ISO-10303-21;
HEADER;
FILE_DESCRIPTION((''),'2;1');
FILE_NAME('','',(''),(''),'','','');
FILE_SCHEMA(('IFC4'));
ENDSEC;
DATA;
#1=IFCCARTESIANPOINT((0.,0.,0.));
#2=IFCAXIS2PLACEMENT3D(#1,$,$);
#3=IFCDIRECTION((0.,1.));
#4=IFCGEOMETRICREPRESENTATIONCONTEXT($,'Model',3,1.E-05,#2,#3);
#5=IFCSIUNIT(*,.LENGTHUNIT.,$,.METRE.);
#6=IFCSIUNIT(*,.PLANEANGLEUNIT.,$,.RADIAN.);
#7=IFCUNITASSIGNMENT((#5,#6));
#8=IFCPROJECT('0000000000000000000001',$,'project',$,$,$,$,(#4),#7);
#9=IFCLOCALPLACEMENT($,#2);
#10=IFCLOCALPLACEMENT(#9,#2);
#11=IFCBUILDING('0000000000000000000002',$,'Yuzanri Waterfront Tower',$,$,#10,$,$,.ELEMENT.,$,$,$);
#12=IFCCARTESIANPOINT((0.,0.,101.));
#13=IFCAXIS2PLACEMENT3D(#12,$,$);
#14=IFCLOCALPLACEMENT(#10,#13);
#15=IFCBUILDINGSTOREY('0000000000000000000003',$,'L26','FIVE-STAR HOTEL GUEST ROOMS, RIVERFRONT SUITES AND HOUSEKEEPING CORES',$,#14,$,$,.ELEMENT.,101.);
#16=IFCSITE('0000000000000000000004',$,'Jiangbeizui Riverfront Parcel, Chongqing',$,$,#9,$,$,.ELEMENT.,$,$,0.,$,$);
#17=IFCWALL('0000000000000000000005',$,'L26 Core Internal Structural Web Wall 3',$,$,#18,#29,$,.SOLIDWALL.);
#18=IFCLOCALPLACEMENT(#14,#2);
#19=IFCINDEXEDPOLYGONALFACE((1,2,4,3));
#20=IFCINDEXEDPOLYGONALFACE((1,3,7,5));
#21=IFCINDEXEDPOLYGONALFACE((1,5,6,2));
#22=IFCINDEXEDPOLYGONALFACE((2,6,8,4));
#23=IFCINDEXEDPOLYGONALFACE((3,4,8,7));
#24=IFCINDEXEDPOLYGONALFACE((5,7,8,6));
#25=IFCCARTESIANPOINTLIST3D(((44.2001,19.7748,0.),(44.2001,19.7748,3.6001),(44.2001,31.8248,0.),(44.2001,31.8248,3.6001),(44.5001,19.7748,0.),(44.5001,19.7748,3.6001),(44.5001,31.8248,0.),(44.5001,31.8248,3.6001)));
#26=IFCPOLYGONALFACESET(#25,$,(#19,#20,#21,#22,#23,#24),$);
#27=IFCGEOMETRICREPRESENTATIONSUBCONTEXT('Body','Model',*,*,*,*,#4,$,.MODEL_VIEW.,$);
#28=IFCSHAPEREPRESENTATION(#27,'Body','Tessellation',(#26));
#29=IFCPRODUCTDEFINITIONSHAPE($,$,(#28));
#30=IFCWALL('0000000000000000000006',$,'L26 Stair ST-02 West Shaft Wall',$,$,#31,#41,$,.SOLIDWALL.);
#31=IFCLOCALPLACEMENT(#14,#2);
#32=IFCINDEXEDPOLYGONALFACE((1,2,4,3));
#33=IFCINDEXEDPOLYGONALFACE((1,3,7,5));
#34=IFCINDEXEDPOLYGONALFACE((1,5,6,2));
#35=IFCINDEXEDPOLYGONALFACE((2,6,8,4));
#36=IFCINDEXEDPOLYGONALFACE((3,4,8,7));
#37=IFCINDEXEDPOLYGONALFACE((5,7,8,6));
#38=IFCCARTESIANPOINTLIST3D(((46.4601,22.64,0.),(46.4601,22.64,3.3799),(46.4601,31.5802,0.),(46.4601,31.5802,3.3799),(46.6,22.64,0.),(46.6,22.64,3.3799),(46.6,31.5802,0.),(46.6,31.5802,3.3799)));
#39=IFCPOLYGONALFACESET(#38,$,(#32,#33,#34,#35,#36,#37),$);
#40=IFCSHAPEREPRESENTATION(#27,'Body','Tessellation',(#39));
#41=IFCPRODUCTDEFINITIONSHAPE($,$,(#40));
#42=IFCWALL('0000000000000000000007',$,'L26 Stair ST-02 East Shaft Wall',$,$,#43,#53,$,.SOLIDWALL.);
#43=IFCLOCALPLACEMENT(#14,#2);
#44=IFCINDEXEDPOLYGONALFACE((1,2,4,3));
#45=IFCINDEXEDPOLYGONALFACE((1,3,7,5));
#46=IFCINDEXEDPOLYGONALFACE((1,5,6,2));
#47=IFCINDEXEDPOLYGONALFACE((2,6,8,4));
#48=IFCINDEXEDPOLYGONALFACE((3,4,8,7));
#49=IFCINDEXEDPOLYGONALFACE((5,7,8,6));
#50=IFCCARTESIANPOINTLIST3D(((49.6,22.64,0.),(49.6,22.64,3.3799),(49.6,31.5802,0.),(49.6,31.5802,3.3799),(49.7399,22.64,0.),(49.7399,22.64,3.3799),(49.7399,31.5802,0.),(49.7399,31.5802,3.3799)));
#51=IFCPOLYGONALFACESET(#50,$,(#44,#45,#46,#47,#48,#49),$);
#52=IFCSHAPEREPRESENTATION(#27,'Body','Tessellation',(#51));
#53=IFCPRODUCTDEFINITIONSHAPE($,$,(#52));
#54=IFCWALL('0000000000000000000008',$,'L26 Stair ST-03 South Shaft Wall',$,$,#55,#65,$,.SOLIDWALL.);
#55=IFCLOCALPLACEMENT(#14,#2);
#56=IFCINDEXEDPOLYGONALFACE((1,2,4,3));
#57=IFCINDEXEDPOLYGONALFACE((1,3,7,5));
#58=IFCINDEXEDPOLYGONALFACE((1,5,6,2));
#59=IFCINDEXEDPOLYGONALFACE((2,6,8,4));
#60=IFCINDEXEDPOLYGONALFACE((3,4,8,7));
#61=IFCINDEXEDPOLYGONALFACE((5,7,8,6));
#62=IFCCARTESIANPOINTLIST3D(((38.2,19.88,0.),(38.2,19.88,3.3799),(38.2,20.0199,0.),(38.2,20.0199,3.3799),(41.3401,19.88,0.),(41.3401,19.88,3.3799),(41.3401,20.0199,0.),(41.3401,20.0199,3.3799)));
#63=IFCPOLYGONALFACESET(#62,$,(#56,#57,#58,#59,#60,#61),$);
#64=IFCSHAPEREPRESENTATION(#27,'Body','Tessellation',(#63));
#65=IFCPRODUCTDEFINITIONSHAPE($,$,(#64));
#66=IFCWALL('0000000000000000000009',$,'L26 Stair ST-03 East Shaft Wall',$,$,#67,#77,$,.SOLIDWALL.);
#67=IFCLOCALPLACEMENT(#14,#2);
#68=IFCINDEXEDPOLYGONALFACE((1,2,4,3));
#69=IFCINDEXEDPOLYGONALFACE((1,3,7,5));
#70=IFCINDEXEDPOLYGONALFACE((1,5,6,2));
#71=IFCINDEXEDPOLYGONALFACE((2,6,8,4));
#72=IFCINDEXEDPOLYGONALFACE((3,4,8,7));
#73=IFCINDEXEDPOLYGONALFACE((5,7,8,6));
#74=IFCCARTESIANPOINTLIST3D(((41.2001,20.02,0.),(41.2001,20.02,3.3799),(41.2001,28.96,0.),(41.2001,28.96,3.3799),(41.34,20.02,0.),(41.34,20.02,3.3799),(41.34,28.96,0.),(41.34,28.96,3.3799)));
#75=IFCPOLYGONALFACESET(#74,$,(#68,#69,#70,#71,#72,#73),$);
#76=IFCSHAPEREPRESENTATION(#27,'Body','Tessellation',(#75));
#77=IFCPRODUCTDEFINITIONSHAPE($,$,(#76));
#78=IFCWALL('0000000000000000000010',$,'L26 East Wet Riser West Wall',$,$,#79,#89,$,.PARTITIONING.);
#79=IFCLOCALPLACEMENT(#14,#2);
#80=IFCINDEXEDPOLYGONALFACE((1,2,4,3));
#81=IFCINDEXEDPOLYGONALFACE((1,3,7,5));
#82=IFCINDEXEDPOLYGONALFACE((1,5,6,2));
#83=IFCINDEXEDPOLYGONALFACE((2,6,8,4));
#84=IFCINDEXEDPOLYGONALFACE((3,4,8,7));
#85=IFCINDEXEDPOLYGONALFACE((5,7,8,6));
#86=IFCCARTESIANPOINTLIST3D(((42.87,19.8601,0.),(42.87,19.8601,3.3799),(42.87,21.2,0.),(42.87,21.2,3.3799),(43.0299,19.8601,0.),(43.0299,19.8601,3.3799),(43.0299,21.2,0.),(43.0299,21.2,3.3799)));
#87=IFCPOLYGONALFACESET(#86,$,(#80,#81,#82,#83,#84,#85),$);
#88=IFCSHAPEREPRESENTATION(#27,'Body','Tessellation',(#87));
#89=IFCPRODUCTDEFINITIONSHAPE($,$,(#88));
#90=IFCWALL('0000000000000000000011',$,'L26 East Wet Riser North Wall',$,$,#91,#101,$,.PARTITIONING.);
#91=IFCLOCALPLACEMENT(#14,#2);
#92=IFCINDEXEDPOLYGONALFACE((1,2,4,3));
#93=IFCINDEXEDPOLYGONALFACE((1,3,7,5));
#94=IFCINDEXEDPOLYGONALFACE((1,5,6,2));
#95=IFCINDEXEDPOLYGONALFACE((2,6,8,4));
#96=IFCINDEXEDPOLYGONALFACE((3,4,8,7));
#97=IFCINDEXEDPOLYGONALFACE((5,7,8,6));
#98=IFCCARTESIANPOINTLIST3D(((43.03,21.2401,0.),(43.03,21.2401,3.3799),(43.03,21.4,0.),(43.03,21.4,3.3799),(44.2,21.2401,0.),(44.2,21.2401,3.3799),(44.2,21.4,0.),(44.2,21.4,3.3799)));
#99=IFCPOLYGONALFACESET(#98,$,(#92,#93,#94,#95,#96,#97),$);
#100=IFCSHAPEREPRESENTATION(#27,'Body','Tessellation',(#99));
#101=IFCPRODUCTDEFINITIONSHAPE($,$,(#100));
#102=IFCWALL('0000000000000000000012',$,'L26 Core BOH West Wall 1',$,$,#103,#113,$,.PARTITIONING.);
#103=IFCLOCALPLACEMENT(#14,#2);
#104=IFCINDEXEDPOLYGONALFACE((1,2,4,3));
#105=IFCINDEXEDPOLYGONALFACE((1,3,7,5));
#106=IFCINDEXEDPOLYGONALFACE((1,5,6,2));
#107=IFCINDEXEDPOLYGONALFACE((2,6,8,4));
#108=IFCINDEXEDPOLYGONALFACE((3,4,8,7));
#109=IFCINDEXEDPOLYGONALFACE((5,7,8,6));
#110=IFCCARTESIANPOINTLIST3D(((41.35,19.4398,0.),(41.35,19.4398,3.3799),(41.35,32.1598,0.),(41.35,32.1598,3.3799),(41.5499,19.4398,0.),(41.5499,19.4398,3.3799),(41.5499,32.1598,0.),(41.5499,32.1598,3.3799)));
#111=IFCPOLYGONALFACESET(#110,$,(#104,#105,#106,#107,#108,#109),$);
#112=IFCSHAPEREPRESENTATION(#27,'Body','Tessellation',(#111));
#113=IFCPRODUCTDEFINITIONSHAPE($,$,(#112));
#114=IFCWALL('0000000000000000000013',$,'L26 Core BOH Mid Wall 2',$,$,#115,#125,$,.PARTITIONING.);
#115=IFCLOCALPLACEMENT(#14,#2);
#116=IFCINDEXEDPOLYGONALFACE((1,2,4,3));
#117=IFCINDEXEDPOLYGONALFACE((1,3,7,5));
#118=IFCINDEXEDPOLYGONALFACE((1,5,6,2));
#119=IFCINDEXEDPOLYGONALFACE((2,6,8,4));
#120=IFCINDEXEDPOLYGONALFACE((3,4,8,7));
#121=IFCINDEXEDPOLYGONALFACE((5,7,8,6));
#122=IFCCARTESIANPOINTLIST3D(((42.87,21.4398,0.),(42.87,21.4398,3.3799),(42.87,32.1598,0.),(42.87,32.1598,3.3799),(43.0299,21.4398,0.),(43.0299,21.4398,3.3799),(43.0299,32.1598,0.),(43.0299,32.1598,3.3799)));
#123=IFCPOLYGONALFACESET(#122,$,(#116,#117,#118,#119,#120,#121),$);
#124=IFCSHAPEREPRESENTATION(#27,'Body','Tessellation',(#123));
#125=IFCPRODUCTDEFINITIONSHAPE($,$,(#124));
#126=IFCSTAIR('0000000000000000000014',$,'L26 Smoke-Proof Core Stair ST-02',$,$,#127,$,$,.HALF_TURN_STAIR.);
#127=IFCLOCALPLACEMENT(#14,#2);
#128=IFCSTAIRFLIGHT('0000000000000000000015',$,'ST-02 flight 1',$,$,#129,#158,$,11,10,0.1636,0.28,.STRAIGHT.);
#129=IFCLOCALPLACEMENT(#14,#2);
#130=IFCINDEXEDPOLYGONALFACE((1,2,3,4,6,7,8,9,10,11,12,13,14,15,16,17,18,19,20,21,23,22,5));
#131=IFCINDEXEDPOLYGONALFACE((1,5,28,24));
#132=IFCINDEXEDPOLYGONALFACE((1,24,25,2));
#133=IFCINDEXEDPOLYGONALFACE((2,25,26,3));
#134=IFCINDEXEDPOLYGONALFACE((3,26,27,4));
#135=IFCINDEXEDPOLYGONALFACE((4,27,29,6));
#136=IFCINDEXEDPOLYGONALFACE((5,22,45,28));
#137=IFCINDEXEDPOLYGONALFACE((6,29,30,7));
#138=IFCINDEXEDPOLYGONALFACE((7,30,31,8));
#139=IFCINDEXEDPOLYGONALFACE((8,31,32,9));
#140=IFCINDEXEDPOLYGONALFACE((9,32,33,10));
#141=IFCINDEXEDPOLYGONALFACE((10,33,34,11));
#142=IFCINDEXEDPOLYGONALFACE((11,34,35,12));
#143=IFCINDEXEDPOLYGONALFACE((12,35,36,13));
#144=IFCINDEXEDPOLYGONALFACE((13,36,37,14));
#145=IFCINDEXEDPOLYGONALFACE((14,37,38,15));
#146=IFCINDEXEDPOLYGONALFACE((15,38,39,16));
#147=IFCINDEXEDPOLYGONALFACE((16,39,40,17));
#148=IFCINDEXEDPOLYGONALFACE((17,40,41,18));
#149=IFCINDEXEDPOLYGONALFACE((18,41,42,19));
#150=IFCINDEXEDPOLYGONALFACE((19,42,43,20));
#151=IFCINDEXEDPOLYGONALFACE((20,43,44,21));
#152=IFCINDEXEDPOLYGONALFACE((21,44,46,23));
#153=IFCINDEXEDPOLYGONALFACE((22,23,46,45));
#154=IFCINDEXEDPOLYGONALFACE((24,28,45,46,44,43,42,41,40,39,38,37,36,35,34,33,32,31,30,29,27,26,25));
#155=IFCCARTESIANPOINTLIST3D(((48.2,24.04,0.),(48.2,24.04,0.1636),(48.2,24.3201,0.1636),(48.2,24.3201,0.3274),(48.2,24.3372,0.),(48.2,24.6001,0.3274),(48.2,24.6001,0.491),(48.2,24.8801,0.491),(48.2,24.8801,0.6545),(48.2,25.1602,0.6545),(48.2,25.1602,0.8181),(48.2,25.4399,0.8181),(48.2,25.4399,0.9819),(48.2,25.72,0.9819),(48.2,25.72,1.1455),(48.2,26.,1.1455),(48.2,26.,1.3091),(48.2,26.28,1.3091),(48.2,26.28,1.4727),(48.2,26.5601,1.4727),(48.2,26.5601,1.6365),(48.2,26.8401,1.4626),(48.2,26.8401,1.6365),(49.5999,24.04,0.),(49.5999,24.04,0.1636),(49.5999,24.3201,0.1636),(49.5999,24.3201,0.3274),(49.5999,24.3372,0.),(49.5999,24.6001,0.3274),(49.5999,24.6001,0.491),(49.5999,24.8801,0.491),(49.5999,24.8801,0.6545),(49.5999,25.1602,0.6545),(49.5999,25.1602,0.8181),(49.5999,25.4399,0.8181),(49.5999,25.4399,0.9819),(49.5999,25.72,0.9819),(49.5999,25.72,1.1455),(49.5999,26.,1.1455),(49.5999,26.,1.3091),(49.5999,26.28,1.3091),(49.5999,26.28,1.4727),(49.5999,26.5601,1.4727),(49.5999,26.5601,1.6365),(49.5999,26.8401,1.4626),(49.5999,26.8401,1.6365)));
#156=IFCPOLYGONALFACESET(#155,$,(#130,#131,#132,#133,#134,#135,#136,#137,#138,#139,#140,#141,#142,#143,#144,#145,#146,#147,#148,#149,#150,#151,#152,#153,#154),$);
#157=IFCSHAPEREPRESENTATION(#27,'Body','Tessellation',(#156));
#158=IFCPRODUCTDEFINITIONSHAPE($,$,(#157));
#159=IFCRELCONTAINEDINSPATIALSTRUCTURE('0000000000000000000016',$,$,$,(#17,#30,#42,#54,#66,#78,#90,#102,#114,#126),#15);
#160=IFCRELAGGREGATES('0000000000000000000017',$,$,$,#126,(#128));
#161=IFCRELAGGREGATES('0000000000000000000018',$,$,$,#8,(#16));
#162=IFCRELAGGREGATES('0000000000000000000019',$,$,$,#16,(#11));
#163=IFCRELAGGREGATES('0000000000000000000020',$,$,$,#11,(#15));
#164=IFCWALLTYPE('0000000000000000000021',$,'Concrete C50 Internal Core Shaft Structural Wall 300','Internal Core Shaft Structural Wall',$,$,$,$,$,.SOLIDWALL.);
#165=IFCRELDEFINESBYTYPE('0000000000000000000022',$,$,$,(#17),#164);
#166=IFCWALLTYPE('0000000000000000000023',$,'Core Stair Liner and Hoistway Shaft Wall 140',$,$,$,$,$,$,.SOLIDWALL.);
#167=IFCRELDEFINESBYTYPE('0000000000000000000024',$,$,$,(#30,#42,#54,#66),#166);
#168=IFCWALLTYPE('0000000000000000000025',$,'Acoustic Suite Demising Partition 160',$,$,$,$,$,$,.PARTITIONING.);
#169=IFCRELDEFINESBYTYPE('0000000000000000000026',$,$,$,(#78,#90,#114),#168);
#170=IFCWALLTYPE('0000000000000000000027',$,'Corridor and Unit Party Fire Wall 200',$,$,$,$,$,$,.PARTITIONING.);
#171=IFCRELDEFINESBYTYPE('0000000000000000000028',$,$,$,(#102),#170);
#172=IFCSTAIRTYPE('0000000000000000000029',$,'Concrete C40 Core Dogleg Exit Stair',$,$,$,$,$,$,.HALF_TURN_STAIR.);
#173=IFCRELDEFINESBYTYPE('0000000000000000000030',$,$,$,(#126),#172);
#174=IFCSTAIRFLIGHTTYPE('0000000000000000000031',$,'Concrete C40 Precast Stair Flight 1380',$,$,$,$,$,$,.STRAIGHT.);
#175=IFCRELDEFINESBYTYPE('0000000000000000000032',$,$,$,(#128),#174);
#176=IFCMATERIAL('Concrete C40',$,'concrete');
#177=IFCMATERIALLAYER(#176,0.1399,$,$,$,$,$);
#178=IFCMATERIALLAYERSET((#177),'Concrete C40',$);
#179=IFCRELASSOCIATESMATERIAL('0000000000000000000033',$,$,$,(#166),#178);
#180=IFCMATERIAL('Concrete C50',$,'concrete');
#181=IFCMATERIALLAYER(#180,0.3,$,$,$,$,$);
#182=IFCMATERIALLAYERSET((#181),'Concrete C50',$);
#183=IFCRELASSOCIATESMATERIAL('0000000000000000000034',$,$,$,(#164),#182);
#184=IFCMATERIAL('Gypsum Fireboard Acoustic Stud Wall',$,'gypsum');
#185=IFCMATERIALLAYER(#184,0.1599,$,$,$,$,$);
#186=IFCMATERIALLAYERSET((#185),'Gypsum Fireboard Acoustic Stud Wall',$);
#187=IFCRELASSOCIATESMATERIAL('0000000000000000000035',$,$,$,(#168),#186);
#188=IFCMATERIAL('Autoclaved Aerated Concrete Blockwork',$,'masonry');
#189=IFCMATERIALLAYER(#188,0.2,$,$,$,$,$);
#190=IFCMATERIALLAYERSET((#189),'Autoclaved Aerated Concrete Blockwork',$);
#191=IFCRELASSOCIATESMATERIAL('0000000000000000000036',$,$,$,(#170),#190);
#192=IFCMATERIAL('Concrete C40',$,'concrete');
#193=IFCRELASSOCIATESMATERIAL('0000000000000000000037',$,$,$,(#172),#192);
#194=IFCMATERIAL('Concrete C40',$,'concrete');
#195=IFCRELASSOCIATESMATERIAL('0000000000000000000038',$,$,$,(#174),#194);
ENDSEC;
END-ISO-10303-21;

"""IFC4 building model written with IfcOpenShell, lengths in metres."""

from ifc_helpers import new_model, si_unit, direction, frame, frame_2d, origin, place, context, subcontext, project, spatial, polyline, rectangle, outline, extrude, source, transform, mapped, material, layer, layer_set, type_object, element, aggregate, save


model = new_model("IFC4")

# Units and contexts
model_context = context("Model", 3, precision=1e-05, world=origin(), true_north=direction((0.0, 1.0)))
body_context = subcontext(model_context, "Body", "Model", "MODEL_VIEW")
ifc_project = project(units=[si_unit("LENGTHUNIT", "METRE"), si_unit("PLANEANGLEUNIT", "RADIAN")], contexts=[model_context])

# Site, building, storey
site_placement = place(None, origin())
site = spatial("IfcSite", under=ifc_project, at=site_placement, Name="Jiangbeizui Riverfront Parcel, Chongqing", CompositionType="ELEMENT", RefElevation=0.0)
building_placement = place(site_placement, origin())
building = spatial("IfcBuilding", under=site, at=building_placement, Name="Yuzanri Waterfront Tower", CompositionType="ELEMENT")
storey_placement = place(building_placement, frame((0.0, 0.0, 101.0)))
storey = spatial("IfcBuildingStorey", under=building, at=storey_placement, Name="L26", Description="FIVE-STAR HOTEL GUEST ROOMS, RIVERFRONT SUITES AND HOUSEKEEPING CORES", CompositionType="ELEMENT", Elevation=101.0)

# Shared definitions
ifc_material_1 = material(Name="Concrete C40", Category="concrete")
ifc_layer_1 = layer(ifc_material_1, 0.1399)
ifc_layer_set_1 = layer_set([ifc_layer_1], Name="Concrete C40")
wall_type_1 = type_object("IfcWallType", Name="Core Stair Liner and Hoistway Shaft Wall 140", PredefinedType="SOLIDWALL", material=ifc_layer_set_1)

# Walls
ifc_material_2 = material(Name="Concrete C50", Category="concrete")
ifc_layer_2 = layer(ifc_material_2, 0.3)
ifc_layer_set_2 = layer_set([ifc_layer_2], Name="Concrete C50")
wall_type_2 = type_object("IfcWallType", Name="Concrete C50 Internal Core Shaft Structural Wall 300", Description="Internal Core Shaft Structural Wall", PredefinedType="SOLIDWALL", material=ifc_layer_set_2)
shared_shape_1 = source(origin(), body_context, "Body", "SweptSolid", [
    extrude(rectangle(XDim=12.05, YDim=0.3, at=frame_2d((6.0249, 0.0))), origin(), (0.0, 0.0, 1.0), 3.6001),
])
for number, where, z_axis, x_axis, name in (
    (1, (44.3501, 19.7749, 0.0), (0.0, 0.0, 1.0), (0.0, 1.0, 0.0), "L26 Core Internal Structural Web Wall 3"),
):
    element("IfcWall", number, at=place(storey_placement, frame(where, z_axis=z_axis, x_axis=x_axis)), inside=storey, type_object=wall_type_2, Name=name, PredefinedType="SOLIDWALL", context=body_context, shape_type="MappedRepresentation", body=[
        mapped(shared_shape_1, transform((0.0, 0.0, 0.0), scale=1.0)),
    ])
shared_shape_2 = source(origin(), body_context, "Body", "SweptSolid", [
    extrude(rectangle(XDim=8.9402, YDim=0.1399, at=frame_2d((4.4702, 0.0))), origin(), (0.0, 0.0, 1.0), 3.3799),
])
for number, where, z_axis, x_axis, name in (
    (2, (46.53, 22.6399, 0.0), (0.0, 0.0, 1.0), (0.0, 1.0, 0.0), "L26 Stair ST-02 West Shaft Wall"),
    (3, (49.6699, 22.6399, 0.0), (0.0, 0.0, 1.0), (0.0, 1.0, 0.0), "L26 Stair ST-02 East Shaft Wall"),
):
    element("IfcWall", number, at=place(storey_placement, frame(where, z_axis=z_axis, x_axis=x_axis)), inside=storey, type_object=wall_type_1, Name=name, PredefinedType="SOLIDWALL", context=body_context, shape_type="MappedRepresentation", body=[
        mapped(shared_shape_2, transform((0.0, 0.0, 0.0), scale=1.0)),
    ])
shared_shape_3 = source(origin(), body_context, "Body", "SweptSolid", [
    extrude(rectangle(XDim=3.1401, YDim=0.1399, at=frame_2d((1.5701, 0.0))), origin(), (0.0, 0.0, 1.0), 3.3799),
])
wall_1_placement = place(storey_placement, frame((38.2, 19.95, 0.0), z_axis=(0.0, 0.0, 1.0), x_axis=(1.0, 0.0, 0.0)))
element("IfcWall", 4, at=wall_1_placement, inside=storey, type_object=wall_type_1, Name="L26 Stair ST-03 South Shaft Wall", PredefinedType="SOLIDWALL", context=body_context, shape_type="MappedRepresentation", body=[
    mapped(shared_shape_3, transform((0.0, 0.0, 0.0), scale=1.0)),
])
shared_shape_4 = source(origin(), body_context, "Body", "SweptSolid", [
    extrude(rectangle(XDim=8.9399, YDim=0.1399, at=frame_2d((4.47, 0.0))), origin(), (0.0, 0.0, 1.0), 3.3799),
])
wall_2_placement = place(storey_placement, frame((41.27, 20.02, 0.0), z_axis=(0.0, 0.0, 1.0), x_axis=(0.0, 1.0, 0.0)))
element("IfcWall", 5, at=wall_2_placement, inside=storey, type_object=wall_type_1, Name="L26 Stair ST-03 East Shaft Wall", PredefinedType="SOLIDWALL", context=body_context, shape_type="MappedRepresentation", body=[
    mapped(shared_shape_4, transform((0.0, 0.0, 0.0), scale=1.0)),
])
ifc_material_3 = material(Name="Gypsum Fireboard Acoustic Stud Wall", Category="gypsum")
ifc_layer_3 = layer(ifc_material_3, 0.1599)
ifc_layer_set_3 = layer_set([ifc_layer_3], Name="Gypsum Fireboard Acoustic Stud Wall")
wall_type_3 = type_object("IfcWallType", Name="Acoustic Suite Demising Partition 160", PredefinedType="PARTITIONING", material=ifc_layer_set_3)
shared_shape_5 = source(origin(), body_context, "Body", "SweptSolid", [
    extrude(rectangle(XDim=1.3398, YDim=0.1599, at=frame_2d((0.6699, 0.0))), origin(), (0.0, 0.0, 1.0), 3.3799),
])
wall_3_placement = place(storey_placement, frame((42.95, 19.8601, 0.0), z_axis=(0.0, 0.0, 1.0), x_axis=(0.0, 1.0, 0.0)))
element("IfcWall", 6, at=wall_3_placement, inside=storey, type_object=wall_type_3, Name="L26 East Wet Riser West Wall", PredefinedType="PARTITIONING", context=body_context, shape_type="MappedRepresentation", body=[
    mapped(shared_shape_5, transform((0.0, 0.0, 0.0), scale=1.0)),
])
shared_shape_6 = source(origin(), body_context, "Body", "SweptSolid", [
    extrude(rectangle(XDim=1.1699, YDim=0.1599, at=frame_2d((0.585, 0.0))), origin(), (0.0, 0.0, 1.0), 3.3799),
])
wall_4_placement = place(storey_placement, frame((43.03, 21.3201, 0.0), z_axis=(0.0, 0.0, 1.0), x_axis=(1.0, 0.0, 0.0)))
element("IfcWall", 7, at=wall_4_placement, inside=storey, type_object=wall_type_3, Name="L26 East Wet Riser North Wall", PredefinedType="PARTITIONING", context=body_context, shape_type="MappedRepresentation", body=[
    mapped(shared_shape_6, transform((0.0, 0.0, 0.0), scale=1.0)),
])
ifc_material_4 = material(Name="Autoclaved Aerated Concrete Blockwork", Category="masonry")
ifc_layer_4 = layer(ifc_material_4, 0.2)
ifc_layer_set_4 = layer_set([ifc_layer_4], Name="Autoclaved Aerated Concrete Blockwork")
wall_type_4 = type_object("IfcWallType", Name="Corridor and Unit Party Fire Wall 200", PredefinedType="PARTITIONING", material=ifc_layer_set_4)
shared_shape_7 = source(origin(), body_context, "Body", "SweptSolid", [
    extrude(rectangle(XDim=12.72, YDim=0.2, at=frame_2d((6.3599, 0.0))), origin(), (0.0, 0.0, 1.0), 3.3799),
])
wall_5_placement = place(storey_placement, frame((41.45, 19.4399, 0.0), z_axis=(0.0, 0.0, 1.0), x_axis=(0.0, 1.0, 0.0)))
element("IfcWall", 8, at=wall_5_placement, inside=storey, type_object=wall_type_4, Name="L26 Core BOH West Wall 1", PredefinedType="PARTITIONING", context=body_context, shape_type="MappedRepresentation", body=[
    mapped(shared_shape_7, transform((0.0, 0.0, 0.0), scale=1.0)),
])
shared_shape_8 = source(origin(), body_context, "Body", "SweptSolid", [
    extrude(rectangle(XDim=10.72, YDim=0.1599, at=frame_2d((5.3599, 0.0))), origin(), (0.0, 0.0, 1.0), 3.3799),
])
wall_6_placement = place(storey_placement, frame((42.95, 21.4399, 0.0), z_axis=(0.0, 0.0, 1.0), x_axis=(0.0, 1.0, 0.0)))
element("IfcWall", 9, at=wall_6_placement, inside=storey, type_object=wall_type_3, Name="L26 Core BOH Mid Wall 2", PredefinedType="PARTITIONING", context=body_context, shape_type="MappedRepresentation", body=[
    mapped(shared_shape_8, transform((0.0, 0.0, 0.0), scale=1.0)),
])

# Stair, stair flight
ifc_material_5 = material(Name="Concrete C40", Category="concrete")
stair_type = type_object("IfcStairType", Name="Concrete C40 Core Dogleg Exit Stair", PredefinedType="HALF_TURN_STAIR", material=ifc_material_5)
stair_placement = place(storey_placement, origin())
stair = element("IfcStair", 10, at=stair_placement, inside=storey, type_object=stair_type, Name="L26 Smoke-Proof Core Stair ST-02", PredefinedType="HALF_TURN_STAIR")
ifc_material_6 = material(Name="Concrete C40", Category="concrete")
stair_flight_type = type_object("IfcStairFlightType", Name="Concrete C40 Precast Stair Flight 1380", PredefinedType="STRAIGHT", material=ifc_material_6)
shared_shape_9 = source(origin(), body_context, "Body", "SweptSolid", [
    extrude(outline(polyline([(0.0, 0.0), (0.0, 0.1636), (0.28, 0.1636), (0.28, 0.3274), (0.5601, 0.3274), (0.5601, 0.491), (0.8401, 0.491), (0.8401, 0.6545), (1.1201, 0.6545), (1.1201, 0.8181), (1.3999, 0.8181), (1.3999, 0.9819), (1.6799, 0.9819), (1.6799, 1.1455), (1.96, 1.1455), (1.96, 1.3091), (2.24, 1.3091), (2.24, 1.4727), (2.52, 1.4727), (2.52, 1.6365), (2.8, 1.6365), (2.8, 1.8), (2.8, 1.4626), (0.2971, 0.0), (0.0, 0.0)])), frame((0.0, 0.7, 0.0), z_axis=(0.0, -1.0, 0.0), x_axis=(1.0, 0.0, 0.0)), (0.0, 0.0, 1.0), 1.3999),
])
stair_flight_placement = place(storey_placement, frame((48.8999, 24.04, 0.0), z_axis=(0.0, 0.0, 1.0), x_axis=(0.0, 1.0, 0.0)))
stair_flight = element("IfcStairFlight", 11, at=stair_flight_placement, type_object=stair_flight_type, Name="ST-02 flight 1", NumberOfRisers=11, NumberOfTreads=10, PredefinedType="STRAIGHT", RiserHeight=0.1636, TreadLength=0.28, context=body_context, shape_type="MappedRepresentation", body=[
    mapped(shared_shape_9, transform((0.0, 0.0, 0.0), scale=1.0)),
])
aggregate(stair, [stair_flight])

save(model, "model.ifc")
